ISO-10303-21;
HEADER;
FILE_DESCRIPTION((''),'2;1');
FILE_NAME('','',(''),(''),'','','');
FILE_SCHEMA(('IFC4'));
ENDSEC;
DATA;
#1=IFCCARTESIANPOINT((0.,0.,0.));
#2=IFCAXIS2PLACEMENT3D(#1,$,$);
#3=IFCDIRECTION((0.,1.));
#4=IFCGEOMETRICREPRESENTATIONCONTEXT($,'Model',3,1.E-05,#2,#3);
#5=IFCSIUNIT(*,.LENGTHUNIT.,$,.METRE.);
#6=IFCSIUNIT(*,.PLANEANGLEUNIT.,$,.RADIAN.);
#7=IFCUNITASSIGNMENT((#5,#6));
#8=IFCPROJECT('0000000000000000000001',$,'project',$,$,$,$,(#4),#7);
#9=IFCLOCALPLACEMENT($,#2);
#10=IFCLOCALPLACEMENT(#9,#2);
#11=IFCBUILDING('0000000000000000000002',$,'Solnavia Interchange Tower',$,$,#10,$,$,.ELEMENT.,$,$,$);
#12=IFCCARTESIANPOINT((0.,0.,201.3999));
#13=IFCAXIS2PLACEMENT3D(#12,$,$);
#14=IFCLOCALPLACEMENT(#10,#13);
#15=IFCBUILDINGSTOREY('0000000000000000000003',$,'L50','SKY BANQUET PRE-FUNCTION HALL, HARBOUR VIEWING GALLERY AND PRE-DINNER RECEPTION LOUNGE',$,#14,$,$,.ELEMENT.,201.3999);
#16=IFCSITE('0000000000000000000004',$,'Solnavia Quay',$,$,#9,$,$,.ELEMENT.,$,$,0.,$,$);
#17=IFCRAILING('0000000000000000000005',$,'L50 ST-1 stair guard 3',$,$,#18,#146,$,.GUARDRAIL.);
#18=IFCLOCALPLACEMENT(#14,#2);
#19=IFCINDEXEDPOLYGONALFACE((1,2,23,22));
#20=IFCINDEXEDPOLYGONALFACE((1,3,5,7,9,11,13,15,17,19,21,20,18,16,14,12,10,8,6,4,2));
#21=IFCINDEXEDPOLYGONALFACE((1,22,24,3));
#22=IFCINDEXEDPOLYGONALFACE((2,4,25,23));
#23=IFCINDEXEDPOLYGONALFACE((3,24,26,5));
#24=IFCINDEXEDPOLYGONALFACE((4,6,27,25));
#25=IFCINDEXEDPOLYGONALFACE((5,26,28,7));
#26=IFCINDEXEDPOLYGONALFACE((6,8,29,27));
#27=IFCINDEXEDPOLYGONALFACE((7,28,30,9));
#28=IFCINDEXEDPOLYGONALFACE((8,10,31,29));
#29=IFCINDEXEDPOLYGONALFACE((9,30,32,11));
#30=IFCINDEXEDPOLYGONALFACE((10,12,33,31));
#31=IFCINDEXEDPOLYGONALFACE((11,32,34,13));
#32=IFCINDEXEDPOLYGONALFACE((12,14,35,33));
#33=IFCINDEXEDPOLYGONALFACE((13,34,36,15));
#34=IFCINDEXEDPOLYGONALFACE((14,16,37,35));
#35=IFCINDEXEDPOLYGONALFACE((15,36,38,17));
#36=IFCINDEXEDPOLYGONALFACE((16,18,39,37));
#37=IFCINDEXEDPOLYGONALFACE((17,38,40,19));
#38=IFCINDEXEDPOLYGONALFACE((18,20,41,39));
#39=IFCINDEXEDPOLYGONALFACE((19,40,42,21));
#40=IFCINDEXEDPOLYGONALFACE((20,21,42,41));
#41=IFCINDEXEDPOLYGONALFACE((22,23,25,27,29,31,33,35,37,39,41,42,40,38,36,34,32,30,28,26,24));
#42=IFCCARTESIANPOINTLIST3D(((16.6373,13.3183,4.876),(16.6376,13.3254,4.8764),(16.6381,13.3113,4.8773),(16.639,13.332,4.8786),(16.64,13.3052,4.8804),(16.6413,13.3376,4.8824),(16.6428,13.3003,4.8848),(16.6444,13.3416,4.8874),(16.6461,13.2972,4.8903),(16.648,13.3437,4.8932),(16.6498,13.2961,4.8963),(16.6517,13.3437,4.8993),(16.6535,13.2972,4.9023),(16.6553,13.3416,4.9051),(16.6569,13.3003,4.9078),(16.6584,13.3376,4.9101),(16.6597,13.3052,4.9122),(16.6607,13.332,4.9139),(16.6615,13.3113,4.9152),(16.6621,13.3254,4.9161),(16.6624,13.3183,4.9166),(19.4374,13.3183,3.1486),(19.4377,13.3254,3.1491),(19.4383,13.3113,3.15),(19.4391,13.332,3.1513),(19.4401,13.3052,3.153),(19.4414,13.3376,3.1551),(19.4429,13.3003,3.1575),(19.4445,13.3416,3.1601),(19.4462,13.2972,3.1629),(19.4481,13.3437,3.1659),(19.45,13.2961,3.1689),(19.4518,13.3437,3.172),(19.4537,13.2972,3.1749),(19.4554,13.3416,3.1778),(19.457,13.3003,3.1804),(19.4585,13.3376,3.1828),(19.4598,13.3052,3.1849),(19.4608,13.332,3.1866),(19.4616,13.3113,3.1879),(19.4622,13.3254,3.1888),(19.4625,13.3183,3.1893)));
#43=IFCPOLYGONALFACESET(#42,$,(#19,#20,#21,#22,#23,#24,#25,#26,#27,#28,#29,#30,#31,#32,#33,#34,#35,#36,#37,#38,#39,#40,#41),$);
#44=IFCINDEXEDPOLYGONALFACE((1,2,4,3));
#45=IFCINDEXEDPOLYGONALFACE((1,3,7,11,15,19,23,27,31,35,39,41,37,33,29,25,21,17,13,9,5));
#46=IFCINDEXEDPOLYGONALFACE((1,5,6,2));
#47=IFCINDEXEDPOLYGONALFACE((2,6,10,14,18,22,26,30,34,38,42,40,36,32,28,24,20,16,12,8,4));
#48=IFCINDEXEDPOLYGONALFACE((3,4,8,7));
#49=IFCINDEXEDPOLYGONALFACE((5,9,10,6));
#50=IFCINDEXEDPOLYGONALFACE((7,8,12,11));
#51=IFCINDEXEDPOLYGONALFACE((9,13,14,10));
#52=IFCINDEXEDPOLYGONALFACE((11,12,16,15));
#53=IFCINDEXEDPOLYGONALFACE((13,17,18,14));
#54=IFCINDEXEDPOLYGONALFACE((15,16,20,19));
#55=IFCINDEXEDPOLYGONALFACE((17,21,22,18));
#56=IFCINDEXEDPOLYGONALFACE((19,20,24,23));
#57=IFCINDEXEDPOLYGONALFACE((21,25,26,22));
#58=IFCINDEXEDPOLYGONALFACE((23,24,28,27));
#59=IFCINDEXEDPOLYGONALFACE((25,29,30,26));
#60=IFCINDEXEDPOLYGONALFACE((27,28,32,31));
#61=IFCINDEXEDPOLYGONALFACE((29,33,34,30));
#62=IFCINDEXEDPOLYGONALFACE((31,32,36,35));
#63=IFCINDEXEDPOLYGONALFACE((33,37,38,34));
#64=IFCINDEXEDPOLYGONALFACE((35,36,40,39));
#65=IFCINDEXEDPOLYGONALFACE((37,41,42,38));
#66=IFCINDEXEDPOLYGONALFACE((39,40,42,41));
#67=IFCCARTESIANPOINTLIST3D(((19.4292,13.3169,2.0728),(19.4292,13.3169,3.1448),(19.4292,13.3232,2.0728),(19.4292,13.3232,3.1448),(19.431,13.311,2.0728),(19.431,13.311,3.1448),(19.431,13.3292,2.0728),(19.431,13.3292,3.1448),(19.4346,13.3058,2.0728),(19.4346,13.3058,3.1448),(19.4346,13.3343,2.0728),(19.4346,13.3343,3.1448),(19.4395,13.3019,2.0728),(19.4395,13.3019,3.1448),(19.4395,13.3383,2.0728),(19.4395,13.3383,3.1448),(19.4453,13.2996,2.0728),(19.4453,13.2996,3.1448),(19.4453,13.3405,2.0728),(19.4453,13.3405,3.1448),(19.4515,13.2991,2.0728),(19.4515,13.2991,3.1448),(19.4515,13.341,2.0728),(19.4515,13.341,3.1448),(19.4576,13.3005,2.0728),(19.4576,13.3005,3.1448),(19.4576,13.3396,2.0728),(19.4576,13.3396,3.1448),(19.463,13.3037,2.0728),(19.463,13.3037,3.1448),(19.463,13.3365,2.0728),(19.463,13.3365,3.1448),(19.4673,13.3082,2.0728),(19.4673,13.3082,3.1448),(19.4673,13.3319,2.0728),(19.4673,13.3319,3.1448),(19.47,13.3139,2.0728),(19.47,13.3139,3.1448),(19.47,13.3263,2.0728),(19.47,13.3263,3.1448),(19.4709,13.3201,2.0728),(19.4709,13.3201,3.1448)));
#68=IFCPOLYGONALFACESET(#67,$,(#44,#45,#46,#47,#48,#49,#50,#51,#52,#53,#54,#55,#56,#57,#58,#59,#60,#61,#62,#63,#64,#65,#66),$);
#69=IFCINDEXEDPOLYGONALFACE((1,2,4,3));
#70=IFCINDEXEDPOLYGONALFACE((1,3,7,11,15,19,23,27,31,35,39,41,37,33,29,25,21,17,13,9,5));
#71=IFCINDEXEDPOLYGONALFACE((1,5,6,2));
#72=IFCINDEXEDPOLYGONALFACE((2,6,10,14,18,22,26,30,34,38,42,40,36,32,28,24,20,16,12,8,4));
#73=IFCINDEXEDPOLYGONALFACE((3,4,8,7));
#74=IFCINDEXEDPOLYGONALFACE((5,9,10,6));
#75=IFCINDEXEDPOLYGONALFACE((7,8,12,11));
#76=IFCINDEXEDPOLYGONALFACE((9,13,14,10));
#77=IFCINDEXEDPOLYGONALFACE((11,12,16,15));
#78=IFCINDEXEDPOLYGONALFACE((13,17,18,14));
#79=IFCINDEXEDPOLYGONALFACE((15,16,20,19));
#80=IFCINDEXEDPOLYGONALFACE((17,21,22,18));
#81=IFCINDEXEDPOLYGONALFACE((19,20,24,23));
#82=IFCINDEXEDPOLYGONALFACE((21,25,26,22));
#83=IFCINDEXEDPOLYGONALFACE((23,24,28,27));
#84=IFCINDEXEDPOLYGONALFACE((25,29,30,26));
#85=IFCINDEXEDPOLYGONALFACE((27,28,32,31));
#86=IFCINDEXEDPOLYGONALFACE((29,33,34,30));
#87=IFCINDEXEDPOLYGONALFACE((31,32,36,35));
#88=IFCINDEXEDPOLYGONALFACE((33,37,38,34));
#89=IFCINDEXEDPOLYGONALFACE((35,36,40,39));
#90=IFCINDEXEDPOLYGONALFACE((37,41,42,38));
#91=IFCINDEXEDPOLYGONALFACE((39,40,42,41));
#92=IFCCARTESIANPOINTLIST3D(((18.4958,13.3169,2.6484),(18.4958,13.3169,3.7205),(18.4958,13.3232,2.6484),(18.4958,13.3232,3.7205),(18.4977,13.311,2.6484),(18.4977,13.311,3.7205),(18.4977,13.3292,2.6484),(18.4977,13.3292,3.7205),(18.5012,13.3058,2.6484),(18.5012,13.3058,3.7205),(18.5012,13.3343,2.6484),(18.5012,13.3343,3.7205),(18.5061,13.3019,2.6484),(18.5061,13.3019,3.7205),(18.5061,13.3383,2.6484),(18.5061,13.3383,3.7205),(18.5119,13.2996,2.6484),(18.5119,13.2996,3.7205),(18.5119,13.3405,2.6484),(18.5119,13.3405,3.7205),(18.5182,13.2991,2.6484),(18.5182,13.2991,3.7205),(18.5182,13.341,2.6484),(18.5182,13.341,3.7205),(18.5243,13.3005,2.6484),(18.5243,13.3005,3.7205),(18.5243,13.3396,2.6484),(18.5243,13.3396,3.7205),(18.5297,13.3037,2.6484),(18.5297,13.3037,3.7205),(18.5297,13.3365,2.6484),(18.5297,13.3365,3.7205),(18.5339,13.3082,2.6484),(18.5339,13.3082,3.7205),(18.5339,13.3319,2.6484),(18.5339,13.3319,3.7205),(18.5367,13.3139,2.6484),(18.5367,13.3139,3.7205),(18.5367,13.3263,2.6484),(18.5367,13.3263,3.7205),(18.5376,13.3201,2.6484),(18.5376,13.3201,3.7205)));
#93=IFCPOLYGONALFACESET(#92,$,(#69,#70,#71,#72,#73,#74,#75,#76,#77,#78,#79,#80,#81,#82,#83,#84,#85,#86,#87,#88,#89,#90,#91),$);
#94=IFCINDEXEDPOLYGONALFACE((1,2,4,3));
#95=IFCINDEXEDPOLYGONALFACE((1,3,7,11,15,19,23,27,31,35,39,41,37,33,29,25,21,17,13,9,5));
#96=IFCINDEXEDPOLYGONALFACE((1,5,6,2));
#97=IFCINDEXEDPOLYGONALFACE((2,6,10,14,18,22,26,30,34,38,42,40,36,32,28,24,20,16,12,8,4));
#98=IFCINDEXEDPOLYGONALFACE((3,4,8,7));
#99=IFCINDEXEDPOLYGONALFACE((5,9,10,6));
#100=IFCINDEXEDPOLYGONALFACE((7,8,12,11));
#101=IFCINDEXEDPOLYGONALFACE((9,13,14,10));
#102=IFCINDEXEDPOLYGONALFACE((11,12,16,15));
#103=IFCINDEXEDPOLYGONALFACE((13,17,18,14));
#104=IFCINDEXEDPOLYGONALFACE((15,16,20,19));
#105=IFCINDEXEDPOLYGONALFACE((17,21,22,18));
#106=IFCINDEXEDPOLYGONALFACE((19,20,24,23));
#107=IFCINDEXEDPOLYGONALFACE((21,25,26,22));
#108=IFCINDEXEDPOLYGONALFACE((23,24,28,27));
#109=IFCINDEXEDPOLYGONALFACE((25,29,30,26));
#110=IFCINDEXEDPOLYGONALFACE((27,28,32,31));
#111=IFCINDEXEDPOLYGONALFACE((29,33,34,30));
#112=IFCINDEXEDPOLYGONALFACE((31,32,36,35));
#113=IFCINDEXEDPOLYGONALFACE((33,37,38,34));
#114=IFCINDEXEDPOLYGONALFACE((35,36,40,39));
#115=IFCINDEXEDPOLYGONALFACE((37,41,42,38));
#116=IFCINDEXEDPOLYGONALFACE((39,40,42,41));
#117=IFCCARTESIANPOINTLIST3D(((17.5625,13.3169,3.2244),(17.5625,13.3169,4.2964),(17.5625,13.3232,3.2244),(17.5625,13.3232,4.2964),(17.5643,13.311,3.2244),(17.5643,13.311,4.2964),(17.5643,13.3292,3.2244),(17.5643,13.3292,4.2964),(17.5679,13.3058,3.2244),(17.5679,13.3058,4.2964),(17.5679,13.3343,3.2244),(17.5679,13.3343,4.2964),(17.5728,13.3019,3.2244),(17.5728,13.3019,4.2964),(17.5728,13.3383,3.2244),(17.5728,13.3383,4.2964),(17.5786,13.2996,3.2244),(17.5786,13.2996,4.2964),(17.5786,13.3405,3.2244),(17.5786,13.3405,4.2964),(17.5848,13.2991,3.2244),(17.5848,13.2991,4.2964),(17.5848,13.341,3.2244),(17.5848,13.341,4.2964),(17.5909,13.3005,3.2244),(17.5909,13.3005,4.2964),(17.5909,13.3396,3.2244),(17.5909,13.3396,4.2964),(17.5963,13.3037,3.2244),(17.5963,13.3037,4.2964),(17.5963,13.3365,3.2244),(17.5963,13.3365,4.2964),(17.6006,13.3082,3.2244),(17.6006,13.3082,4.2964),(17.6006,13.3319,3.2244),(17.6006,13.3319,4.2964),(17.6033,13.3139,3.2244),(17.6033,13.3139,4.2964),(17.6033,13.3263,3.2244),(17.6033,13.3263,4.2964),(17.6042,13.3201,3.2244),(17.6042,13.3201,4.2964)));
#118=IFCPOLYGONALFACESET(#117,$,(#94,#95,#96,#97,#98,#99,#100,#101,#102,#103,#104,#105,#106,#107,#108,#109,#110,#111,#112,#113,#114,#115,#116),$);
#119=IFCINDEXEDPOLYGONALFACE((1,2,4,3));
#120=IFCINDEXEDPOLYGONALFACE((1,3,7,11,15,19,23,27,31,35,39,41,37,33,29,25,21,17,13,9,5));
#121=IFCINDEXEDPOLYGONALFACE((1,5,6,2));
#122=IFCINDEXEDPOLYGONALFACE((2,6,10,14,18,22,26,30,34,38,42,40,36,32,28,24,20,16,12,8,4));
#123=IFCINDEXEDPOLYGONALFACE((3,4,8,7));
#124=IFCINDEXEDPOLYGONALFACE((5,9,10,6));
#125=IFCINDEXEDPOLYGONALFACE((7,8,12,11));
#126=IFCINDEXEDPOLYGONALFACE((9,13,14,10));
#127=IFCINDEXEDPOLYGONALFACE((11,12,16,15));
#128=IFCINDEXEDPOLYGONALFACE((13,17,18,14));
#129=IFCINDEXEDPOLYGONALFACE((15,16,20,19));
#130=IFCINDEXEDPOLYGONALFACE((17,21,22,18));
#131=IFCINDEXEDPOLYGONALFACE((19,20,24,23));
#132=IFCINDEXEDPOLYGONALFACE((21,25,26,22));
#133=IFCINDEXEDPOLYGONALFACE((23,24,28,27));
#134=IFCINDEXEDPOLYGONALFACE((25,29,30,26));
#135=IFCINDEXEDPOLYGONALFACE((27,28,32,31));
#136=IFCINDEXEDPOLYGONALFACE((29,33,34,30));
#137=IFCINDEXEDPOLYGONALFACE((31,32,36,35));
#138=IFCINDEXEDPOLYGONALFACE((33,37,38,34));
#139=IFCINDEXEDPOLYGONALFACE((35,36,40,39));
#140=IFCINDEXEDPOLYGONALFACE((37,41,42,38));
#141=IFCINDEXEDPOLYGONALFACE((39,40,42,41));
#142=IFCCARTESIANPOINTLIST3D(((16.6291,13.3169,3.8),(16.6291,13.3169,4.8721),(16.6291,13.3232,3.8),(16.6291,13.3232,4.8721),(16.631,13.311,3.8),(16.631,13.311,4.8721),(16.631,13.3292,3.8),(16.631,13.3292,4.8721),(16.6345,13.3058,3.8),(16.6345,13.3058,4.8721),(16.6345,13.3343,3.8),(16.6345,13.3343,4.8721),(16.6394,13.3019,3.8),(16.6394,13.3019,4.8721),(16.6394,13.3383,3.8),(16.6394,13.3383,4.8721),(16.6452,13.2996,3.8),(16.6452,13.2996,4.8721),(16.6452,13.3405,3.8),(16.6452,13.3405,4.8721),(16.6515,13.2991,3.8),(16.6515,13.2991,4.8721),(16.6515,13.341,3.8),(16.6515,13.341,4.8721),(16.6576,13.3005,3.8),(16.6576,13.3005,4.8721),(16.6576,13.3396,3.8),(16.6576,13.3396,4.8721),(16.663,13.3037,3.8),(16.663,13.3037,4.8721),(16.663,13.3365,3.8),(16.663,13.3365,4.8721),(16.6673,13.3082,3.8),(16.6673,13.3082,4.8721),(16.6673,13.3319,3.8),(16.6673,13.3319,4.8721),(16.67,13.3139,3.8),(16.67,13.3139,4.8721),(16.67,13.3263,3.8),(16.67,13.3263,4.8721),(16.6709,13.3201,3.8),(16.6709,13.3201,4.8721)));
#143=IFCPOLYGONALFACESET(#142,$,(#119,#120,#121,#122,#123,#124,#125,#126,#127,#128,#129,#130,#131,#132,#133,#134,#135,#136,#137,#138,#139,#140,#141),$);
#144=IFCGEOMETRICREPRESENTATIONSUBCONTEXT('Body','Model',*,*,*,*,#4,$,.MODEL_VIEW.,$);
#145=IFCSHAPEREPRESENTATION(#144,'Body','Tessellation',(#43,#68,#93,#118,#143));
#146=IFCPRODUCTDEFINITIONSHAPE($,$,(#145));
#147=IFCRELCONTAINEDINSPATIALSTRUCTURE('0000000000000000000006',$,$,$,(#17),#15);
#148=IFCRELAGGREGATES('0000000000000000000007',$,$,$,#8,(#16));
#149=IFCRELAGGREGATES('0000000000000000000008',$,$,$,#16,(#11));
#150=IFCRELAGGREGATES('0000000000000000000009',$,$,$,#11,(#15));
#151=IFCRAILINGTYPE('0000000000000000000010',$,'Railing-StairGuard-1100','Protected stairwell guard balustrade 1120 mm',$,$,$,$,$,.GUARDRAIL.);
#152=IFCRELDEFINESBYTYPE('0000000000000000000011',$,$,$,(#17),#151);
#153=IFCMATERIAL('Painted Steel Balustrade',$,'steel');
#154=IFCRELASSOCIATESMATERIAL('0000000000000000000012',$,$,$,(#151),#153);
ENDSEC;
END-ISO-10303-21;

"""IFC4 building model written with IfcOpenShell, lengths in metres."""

from ifc_helpers import new_model, si_unit, direction, frame, origin, origin_2d, place, context, subcontext, project, spatial, circle, extrude, material, type_object, element, save


model = new_model("IFC4")

# Units and contexts
model_context = context("Model", 3, precision=1e-05, world=origin(), true_north=direction((0.0, 1.0)))
body_context = subcontext(model_context, "Body", "Model", "MODEL_VIEW")
ifc_project = project(units=[si_unit("LENGTHUNIT", "METRE"), si_unit("PLANEANGLEUNIT", "RADIAN")], contexts=[model_context])

# Site, building, storey
site_placement = place(None, origin())
site = spatial("IfcSite", under=ifc_project, at=site_placement, Name="Solnavia Quay", CompositionType="ELEMENT", RefElevation=0.0)
building_placement = place(site_placement, origin())
building = spatial("IfcBuilding", under=site, at=building_placement, Name="Solnavia Interchange Tower", CompositionType="ELEMENT")
storey_placement = place(building_placement, frame((0.0, 0.0, 201.3999)))
storey = spatial("IfcBuildingStorey", under=building, at=storey_placement, Name="L50", Description="SKY BANQUET PRE-FUNCTION HALL, HARBOUR VIEWING GALLERY AND PRE-DINNER RECEPTION LOUNGE", CompositionType="ELEMENT", Elevation=201.3999)

# Railing
ifc_material_1 = material(Name="Painted Steel Balustrade", Category="steel")
railing_type_1 = type_object("IfcRailingType", Name="Railing-StairGuard-1100", Description="Protected stairwell guard balustrade 1120 mm", PredefinedType="GUARDRAIL", material=ifc_material_1)
railing_1_placement = place(storey_placement, frame((19.45, 13.3201, 2.0728)))
element("IfcRailing", 1, at=railing_1_placement, inside=storey, type_object=railing_type_1, Name="L50 ST-1 stair guard 3", PredefinedType="GUARDRAIL", context=body_context, shape_type="SweptSolid", body=[
    extrude(circle(Radius=0.0239, at=origin_2d()), frame((0.0, 0.0, 1.0962), z_axis=(-0.85109, 0.0, 0.52502), x_axis=(0.0, -1.0, 0.0)), (0.0, 0.0, 1.0), 3.29),
    extrude(circle(Radius=0.021, at=origin_2d()), origin(), (0.0, 0.0, 1.0), 1.072),
    extrude(circle(Radius=0.021, at=origin_2d()), frame((-0.9333, 0.0, 0.5757)), (0.0, 0.0, 1.0), 1.072),
    extrude(circle(Radius=0.021, at=origin_2d()), frame((-1.8667, 0.0, 1.1516)), (0.0, 0.0, 1.0), 1.072),
    extrude(circle(Radius=0.021, at=origin_2d()), frame((-2.8, 0.0, 1.7273)), (0.0, 0.0, 1.0), 1.072),
])

save(model, "model.ifc")
